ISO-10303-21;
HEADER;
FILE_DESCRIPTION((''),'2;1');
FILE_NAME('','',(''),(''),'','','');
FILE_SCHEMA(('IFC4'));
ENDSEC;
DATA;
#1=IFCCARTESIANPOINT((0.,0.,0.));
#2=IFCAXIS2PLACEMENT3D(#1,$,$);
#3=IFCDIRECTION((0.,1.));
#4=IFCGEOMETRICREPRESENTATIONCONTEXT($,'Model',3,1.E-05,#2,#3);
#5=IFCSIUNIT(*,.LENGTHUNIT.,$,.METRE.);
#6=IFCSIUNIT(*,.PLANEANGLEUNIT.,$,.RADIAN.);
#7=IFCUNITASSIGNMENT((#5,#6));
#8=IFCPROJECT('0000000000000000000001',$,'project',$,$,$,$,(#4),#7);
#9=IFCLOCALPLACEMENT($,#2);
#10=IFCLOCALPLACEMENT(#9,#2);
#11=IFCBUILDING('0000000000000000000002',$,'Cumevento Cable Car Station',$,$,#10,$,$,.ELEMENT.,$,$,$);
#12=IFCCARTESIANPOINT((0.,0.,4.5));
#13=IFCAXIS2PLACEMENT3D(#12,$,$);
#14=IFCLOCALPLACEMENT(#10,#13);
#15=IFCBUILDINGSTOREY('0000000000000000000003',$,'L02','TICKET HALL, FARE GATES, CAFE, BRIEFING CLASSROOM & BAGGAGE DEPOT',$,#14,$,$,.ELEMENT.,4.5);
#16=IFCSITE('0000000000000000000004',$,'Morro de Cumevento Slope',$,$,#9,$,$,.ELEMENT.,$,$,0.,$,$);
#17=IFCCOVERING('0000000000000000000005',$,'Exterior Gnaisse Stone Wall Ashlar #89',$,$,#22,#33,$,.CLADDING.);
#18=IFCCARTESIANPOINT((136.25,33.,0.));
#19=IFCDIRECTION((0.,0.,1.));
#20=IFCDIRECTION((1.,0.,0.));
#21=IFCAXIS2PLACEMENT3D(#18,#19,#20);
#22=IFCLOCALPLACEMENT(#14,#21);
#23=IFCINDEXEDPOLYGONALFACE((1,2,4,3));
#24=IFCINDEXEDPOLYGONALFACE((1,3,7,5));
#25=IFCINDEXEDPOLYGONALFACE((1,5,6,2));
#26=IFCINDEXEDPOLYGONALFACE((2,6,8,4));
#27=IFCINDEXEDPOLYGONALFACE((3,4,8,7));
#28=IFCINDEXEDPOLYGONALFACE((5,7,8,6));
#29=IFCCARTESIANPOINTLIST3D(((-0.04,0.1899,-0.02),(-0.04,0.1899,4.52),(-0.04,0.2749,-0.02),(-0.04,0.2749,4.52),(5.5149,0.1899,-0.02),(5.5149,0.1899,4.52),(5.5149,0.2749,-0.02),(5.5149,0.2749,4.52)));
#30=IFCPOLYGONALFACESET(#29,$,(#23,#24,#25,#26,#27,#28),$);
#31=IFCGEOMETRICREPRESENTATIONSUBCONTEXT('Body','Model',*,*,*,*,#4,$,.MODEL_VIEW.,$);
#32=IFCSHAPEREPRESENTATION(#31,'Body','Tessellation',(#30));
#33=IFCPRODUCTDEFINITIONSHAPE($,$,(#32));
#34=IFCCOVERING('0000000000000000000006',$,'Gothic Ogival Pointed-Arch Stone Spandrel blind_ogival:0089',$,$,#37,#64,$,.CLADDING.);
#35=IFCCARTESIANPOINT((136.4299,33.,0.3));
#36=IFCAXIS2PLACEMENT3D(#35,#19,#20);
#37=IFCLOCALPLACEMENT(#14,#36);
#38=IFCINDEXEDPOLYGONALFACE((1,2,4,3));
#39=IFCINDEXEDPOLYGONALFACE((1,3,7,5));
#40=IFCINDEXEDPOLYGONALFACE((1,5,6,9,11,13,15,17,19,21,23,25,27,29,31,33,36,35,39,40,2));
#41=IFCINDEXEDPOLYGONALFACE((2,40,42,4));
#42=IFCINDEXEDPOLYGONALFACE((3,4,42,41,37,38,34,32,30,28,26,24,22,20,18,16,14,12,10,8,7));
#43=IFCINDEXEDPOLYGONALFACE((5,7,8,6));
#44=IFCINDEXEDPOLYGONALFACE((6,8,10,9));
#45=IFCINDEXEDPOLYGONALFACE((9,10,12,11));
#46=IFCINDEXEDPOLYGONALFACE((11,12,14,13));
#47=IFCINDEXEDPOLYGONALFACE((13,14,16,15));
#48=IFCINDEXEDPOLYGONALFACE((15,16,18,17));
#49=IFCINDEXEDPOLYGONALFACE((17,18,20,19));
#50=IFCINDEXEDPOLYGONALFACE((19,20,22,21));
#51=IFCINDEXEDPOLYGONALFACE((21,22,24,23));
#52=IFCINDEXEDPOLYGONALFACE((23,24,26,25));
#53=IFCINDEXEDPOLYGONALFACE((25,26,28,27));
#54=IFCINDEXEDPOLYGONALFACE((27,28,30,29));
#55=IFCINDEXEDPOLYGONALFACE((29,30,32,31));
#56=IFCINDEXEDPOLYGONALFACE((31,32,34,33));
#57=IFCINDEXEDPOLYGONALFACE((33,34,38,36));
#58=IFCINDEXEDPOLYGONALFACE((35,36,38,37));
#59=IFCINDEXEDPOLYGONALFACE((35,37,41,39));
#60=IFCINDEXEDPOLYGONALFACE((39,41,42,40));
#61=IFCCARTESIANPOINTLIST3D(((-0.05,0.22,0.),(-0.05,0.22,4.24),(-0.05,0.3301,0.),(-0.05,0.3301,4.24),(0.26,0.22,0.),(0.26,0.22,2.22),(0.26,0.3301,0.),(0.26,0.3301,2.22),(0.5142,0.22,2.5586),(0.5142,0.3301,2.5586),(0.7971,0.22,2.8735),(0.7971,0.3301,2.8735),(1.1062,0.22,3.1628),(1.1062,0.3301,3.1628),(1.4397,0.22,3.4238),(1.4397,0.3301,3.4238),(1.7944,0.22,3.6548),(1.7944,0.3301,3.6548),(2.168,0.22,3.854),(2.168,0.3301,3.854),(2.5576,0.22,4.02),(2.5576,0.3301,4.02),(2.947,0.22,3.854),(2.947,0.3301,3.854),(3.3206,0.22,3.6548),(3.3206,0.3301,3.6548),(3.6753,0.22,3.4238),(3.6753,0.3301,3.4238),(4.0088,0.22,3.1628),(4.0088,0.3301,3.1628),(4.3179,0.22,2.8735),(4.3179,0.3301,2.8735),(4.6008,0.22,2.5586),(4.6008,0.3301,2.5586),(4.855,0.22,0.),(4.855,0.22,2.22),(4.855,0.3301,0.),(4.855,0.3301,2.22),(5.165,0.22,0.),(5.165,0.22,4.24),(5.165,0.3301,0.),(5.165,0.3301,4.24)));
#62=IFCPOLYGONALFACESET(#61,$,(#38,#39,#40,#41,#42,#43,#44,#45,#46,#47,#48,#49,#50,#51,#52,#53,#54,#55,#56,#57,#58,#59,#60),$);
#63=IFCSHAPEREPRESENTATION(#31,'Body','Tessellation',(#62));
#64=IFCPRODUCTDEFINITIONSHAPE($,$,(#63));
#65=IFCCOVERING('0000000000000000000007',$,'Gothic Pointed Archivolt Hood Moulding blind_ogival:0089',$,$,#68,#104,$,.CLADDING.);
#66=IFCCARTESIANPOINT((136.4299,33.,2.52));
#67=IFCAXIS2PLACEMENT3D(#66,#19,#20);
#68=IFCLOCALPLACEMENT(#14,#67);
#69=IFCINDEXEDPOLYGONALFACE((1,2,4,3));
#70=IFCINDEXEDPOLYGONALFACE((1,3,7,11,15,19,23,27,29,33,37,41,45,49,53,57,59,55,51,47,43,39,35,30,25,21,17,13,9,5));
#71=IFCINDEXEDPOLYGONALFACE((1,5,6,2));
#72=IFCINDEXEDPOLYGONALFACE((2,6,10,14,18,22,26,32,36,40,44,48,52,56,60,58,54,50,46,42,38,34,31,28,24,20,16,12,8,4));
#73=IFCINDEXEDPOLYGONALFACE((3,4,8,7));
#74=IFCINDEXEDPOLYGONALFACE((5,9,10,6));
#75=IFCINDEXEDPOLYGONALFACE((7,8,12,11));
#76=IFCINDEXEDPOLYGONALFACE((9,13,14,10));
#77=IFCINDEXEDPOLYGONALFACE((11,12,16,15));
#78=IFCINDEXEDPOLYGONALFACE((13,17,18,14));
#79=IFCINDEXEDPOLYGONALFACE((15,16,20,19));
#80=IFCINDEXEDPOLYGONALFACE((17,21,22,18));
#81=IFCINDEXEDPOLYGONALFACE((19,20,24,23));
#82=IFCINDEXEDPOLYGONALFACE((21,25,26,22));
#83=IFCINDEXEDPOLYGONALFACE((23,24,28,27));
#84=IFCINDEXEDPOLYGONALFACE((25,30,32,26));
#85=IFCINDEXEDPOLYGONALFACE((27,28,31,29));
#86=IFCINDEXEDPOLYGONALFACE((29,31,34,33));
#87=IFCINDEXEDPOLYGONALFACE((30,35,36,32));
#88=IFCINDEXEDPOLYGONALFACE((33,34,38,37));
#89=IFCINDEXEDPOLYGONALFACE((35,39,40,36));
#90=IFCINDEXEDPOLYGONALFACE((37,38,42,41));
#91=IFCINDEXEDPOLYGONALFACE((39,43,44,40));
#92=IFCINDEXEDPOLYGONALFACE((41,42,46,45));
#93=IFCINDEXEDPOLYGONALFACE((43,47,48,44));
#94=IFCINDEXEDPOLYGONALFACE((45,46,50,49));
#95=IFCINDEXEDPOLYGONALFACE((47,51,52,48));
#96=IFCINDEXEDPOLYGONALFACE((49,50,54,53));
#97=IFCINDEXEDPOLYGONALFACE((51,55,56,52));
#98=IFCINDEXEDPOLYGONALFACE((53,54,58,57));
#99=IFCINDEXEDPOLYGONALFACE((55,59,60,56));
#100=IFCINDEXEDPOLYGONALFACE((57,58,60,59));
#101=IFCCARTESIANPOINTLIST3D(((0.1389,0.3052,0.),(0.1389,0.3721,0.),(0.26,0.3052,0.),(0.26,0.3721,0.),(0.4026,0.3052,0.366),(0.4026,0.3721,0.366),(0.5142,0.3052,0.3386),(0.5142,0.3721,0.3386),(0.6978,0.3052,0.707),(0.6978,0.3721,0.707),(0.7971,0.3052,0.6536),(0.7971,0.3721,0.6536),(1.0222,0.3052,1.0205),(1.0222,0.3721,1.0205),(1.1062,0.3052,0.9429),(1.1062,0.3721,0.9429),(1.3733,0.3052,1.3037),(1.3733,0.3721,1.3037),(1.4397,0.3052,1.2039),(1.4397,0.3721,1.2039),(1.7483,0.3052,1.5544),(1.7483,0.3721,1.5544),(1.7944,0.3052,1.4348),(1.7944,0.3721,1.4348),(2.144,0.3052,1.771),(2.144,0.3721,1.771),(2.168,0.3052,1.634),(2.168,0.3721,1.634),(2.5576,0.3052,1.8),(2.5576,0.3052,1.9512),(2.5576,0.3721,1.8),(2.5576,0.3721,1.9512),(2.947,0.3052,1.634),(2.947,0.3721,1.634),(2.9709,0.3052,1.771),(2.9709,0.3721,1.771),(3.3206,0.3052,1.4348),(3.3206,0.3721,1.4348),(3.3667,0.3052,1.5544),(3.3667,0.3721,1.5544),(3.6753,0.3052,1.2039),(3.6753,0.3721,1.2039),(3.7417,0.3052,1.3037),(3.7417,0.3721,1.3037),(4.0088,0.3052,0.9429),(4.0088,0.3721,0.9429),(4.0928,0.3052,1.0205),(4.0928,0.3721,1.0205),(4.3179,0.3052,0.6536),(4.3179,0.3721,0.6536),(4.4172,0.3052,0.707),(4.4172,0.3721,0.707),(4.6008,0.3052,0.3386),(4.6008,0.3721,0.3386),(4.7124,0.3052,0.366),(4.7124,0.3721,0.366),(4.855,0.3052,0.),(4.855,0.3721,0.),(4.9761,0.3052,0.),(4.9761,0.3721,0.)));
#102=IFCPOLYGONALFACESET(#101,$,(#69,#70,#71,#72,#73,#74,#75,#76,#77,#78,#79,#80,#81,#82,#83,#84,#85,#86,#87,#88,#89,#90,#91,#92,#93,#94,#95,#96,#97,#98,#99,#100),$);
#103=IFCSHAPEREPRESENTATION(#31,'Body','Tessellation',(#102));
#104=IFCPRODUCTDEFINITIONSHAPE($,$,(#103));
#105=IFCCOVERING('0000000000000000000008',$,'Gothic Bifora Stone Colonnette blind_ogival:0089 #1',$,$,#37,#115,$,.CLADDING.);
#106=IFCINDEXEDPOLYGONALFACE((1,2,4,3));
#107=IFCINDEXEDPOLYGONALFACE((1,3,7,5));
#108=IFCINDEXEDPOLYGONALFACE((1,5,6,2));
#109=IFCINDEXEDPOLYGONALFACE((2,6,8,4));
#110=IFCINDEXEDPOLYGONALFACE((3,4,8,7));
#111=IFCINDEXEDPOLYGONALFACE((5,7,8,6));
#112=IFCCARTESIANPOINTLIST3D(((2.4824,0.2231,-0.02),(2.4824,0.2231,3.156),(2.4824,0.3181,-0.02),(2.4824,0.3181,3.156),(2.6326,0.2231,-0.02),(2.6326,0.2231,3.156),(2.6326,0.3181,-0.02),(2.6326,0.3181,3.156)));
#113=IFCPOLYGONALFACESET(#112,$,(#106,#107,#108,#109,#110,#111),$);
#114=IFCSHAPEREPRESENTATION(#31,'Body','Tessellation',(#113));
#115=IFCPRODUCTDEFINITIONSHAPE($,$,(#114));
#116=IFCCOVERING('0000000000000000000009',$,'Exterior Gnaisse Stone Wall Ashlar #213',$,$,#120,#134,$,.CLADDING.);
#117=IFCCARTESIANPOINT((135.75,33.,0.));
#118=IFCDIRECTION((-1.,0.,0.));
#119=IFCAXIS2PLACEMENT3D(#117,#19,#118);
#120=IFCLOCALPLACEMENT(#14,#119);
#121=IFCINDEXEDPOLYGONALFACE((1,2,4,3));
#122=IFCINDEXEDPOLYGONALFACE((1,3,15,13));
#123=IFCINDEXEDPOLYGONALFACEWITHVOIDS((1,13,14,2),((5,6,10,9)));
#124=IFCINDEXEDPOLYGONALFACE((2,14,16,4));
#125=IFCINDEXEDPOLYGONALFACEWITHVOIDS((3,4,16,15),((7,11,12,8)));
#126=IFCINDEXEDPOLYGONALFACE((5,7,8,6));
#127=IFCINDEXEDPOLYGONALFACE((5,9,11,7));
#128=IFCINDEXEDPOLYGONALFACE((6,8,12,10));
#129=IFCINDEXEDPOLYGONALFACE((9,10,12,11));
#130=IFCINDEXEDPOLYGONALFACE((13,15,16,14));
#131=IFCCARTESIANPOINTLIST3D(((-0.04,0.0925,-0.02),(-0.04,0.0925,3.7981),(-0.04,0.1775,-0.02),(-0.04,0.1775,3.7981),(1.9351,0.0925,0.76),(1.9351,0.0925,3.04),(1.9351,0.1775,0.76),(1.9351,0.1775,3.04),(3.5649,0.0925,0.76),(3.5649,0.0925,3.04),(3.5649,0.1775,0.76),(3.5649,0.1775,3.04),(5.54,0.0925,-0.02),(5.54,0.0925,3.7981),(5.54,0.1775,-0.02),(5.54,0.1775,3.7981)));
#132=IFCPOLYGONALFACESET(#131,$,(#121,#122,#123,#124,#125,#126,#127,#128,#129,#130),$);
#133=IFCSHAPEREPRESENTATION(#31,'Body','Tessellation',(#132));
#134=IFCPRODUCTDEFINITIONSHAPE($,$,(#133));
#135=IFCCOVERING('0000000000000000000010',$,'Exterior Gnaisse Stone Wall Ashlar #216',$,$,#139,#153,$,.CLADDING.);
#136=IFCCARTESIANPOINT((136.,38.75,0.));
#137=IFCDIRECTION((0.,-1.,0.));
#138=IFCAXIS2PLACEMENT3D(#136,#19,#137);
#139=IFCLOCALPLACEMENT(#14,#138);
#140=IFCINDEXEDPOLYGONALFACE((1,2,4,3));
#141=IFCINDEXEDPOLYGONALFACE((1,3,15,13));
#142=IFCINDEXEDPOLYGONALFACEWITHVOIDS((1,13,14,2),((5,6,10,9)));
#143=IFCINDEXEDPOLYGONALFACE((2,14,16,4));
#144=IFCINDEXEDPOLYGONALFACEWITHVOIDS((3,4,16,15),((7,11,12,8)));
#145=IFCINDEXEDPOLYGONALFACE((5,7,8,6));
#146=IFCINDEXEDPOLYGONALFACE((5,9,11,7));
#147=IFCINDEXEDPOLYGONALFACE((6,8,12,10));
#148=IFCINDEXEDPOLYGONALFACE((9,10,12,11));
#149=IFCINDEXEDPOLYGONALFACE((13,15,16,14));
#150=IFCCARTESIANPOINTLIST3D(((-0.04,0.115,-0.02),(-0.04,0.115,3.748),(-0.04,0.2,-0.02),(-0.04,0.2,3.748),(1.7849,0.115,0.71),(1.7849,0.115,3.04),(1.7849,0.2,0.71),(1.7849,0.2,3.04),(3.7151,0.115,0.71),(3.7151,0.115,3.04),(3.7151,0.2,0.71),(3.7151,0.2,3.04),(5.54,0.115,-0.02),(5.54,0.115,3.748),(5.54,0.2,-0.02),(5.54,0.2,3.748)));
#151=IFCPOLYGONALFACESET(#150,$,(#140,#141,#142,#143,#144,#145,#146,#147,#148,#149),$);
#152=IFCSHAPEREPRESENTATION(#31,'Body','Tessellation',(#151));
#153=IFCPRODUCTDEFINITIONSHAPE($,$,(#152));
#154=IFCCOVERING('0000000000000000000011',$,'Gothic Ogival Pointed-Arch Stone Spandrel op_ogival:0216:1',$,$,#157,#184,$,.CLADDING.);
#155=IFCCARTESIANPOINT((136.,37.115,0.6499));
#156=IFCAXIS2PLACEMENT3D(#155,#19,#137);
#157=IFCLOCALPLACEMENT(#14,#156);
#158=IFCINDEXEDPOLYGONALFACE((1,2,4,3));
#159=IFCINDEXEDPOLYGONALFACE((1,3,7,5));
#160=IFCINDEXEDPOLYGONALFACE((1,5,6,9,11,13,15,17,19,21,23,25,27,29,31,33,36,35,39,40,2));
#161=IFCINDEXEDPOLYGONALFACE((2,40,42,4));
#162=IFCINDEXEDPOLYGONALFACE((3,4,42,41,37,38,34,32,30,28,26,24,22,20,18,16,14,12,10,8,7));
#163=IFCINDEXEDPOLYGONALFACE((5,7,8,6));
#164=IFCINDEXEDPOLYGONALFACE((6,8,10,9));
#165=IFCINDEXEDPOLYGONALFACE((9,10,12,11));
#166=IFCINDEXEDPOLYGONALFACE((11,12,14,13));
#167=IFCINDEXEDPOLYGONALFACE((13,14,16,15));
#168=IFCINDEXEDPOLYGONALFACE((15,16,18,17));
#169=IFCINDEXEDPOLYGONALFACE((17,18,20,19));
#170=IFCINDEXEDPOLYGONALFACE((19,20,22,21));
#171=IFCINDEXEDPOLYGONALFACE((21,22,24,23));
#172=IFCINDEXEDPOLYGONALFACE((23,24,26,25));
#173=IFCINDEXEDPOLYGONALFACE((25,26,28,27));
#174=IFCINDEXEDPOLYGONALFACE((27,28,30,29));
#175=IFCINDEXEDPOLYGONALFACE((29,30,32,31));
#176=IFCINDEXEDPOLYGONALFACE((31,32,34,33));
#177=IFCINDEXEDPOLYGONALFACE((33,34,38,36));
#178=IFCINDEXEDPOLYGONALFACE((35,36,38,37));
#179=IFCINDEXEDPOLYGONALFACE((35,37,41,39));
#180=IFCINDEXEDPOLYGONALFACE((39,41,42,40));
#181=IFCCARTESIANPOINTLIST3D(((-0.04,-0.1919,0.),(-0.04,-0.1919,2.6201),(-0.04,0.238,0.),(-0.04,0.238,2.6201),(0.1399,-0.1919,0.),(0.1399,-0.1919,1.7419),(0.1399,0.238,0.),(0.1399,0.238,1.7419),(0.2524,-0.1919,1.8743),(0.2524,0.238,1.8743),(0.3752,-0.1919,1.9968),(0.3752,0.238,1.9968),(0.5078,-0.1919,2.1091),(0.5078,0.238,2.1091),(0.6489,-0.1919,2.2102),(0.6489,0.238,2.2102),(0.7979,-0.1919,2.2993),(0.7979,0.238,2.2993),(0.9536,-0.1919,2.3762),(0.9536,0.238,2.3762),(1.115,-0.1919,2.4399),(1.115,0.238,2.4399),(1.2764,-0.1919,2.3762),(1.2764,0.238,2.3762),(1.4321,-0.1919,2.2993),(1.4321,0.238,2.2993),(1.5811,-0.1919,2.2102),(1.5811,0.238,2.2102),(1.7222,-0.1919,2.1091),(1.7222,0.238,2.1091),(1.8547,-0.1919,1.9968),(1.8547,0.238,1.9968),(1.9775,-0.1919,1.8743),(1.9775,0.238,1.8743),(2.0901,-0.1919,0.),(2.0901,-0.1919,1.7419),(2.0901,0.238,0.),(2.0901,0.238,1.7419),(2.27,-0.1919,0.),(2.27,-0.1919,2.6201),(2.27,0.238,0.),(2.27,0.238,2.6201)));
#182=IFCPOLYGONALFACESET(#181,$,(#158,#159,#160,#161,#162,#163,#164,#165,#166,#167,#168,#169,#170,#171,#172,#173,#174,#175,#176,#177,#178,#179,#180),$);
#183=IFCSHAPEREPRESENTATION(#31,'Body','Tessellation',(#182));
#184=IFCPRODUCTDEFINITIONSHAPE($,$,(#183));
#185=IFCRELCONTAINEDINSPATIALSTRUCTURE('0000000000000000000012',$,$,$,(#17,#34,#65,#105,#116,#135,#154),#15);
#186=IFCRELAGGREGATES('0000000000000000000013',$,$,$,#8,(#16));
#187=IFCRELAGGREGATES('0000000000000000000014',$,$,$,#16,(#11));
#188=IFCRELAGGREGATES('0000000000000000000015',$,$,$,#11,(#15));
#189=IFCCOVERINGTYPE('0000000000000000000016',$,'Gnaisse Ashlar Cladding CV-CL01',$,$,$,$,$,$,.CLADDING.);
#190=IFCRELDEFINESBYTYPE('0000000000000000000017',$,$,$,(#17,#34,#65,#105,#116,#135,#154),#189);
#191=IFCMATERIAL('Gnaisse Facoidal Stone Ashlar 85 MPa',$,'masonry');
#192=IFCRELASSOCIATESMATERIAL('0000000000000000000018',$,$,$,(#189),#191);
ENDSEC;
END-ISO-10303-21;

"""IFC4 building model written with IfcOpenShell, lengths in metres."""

from ifc_helpers import new_model, si_unit, direction, frame, origin, place, context, subcontext, project, spatial, polyline, outline, extrude, material, type_object, element, save


model = new_model("IFC4")

# Units and contexts
model_context = context("Model", 3, precision=1e-05, world=origin(), true_north=direction((0.0, 1.0)))
body_context = subcontext(model_context, "Body", "Model", "MODEL_VIEW")
ifc_project = project(units=[si_unit("LENGTHUNIT", "METRE"), si_unit("PLANEANGLEUNIT", "RADIAN")], contexts=[model_context])

# Site, building, storey
site_placement = place(None, origin())
site = spatial("IfcSite", under=ifc_project, at=site_placement, Name="Morro de Cumevento Slope", CompositionType="ELEMENT", RefElevation=0.0)
building_placement = place(site_placement, origin())
building = spatial("IfcBuilding", under=site, at=building_placement, Name="Cumevento Cable Car Station", CompositionType="ELEMENT")
storey_placement = place(building_placement, frame((0.0, 0.0, 4.5)))
storey = spatial("IfcBuildingStorey", under=building, at=storey_placement, Name="L02", Description="TICKET HALL, FARE GATES, CAFE, BRIEFING CLASSROOM & BAGGAGE DEPOT", CompositionType="ELEMENT", Elevation=4.5)

# Coverings
ifc_material_1 = material(Name="Gnaisse Facoidal Stone Ashlar 85 MPa", Category="masonry")
covering_type = type_object("IfcCoveringType", Name="Gnaisse Ashlar Cladding CV-CL01", PredefinedType="CLADDING", material=ifc_material_1)
covering_1_placement = place(storey_placement, frame((136.25, 33.0, 0.0), z_axis=(0.0, 0.0, 1.0), x_axis=(1.0, 0.0, 0.0)))
element("IfcCovering", 1, at=covering_1_placement, inside=storey, type_object=covering_type, Name="Exterior Gnaisse Stone Wall Ashlar #89", PredefinedType="CLADDING", context=body_context, shape_type="SweptSolid", body=[
    extrude(outline(polyline([(-0.04, -0.02), (5.5149, -0.02), (5.5149, 4.52), (-0.04, 4.52), (-0.04, -0.02)])), frame((0.0, 0.2749, 0.0), z_axis=(0.0, -1.0, 0.0), x_axis=(1.0, 0.0, 0.0)), (0.0, 0.0, 1.0), 0.085),
])
placement = place(storey_placement, frame((136.4299, 33.0, 0.3), z_axis=(0.0, 0.0, 1.0), x_axis=(1.0, 0.0, 0.0)))
element("IfcCovering", 2, at=placement, inside=storey, type_object=covering_type, Name="Gothic Ogival Pointed-Arch Stone Spandrel blind_ogival:0089", PredefinedType="CLADDING", context=body_context, shape_type="SweptSolid", body=[
    extrude(outline(polyline([(-0.05, 0.0), (-0.05, 4.24), (5.165, 4.24), (5.165, 0.0), (4.855, 0.0), (4.855, 2.22), (4.6008, 2.5586), (4.3179, 2.8735), (4.0088, 3.1628), (3.6753, 3.4238), (3.3206, 3.6548), (2.947, 3.854), (2.5576, 4.02), (2.168, 3.854), (1.7944, 3.6548), (1.4397, 3.4238), (1.1062, 3.1628), (0.7971, 2.8735), (0.5142, 2.5586), (0.26, 2.22), (0.26, 0.0), (-0.05, 0.0)])), frame((0.0, 0.3301, 0.0), z_axis=(0.0, -1.0, 0.0), x_axis=(1.0, 0.0, 0.0)), (0.0, 0.0, 1.0), 0.1101),
])
covering_2_placement = place(storey_placement, frame((136.4299, 33.0, 2.52), z_axis=(0.0, 0.0, 1.0), x_axis=(1.0, 0.0, 0.0)))
element("IfcCovering", 3, at=covering_2_placement, inside=storey, type_object=covering_type, Name="Gothic Pointed Archivolt Hood Moulding blind_ogival:0089", PredefinedType="CLADDING", context=body_context, shape_type="SweptSolid", body=[
    extrude(outline(polyline([(0.26, 0.0), (0.5142, 0.3386), (0.7971, 0.6536), (1.1062, 0.9429), (1.4397, 1.2039), (1.7944, 1.4348), (2.168, 1.634), (2.5576, 1.8), (2.947, 1.634), (3.3206, 1.4348), (3.6753, 1.2039), (4.0088, 0.9429), (4.3179, 0.6536), (4.6008, 0.3386), (4.855, 0.0), (4.9761, 0.0), (4.7124, 0.366), (4.4172, 0.707), (4.0928, 1.0205), (3.7417, 1.3037), (3.3667, 1.5544), (2.9709, 1.771), (2.5576, 1.9512), (2.144, 1.771), (1.7483, 1.5544), (1.3733, 1.3037), (1.0222, 1.0205), (0.6978, 0.707), (0.4026, 0.366), (0.1389, 0.0), (0.26, 0.0)])), frame((0.0, 0.3721, 0.0), z_axis=(0.0, -1.0, 0.0), x_axis=(1.0, 0.0, 0.0)), (0.0, 0.0, 1.0), 0.0669),
])
element("IfcCovering", 4, at=placement, inside=storey, type_object=covering_type, Name="Gothic Bifora Stone Colonnette blind_ogival:0089 #1", PredefinedType="CLADDING", context=body_context, shape_type="SweptSolid", body=[
    extrude(outline(polyline([(2.4824, -0.02), (2.6326, -0.02), (2.6326, 3.156), (2.4824, 3.156), (2.4824, -0.02)])), frame((0.0, 0.3181, 0.0), z_axis=(0.0, -1.0, 0.0), x_axis=(1.0, 0.0, 0.0)), (0.0, 0.0, 1.0), 0.095),
])
covering_3_placement = place(storey_placement, frame((135.75, 33.0, 0.0), z_axis=(0.0, 0.0, 1.0), x_axis=(-1.0, 0.0, 0.0)))
element("IfcCovering", 5, at=covering_3_placement, inside=storey, type_object=covering_type, Name="Exterior Gnaisse Stone Wall Ashlar #213", PredefinedType="CLADDING", context=body_context, shape_type="SweptSolid", body=[
    extrude(outline(polyline([(-0.04, -0.02), (5.54, -0.02), (5.54, 3.7981), (-0.04, 3.7981), (-0.04, -0.02)]), holes=[polyline([(1.9351, 0.76), (3.5649, 0.76), (3.5649, 3.04), (1.9351, 3.04), (1.9351, 0.76)])]), frame((0.0, 0.1775, 0.0), z_axis=(0.0, -1.0, 0.0), x_axis=(1.0, 0.0, 0.0)), (0.0, 0.0, 1.0), 0.085),
])
covering_4_placement = place(storey_placement, frame((136.0, 38.75, 0.0), z_axis=(0.0, 0.0, 1.0), x_axis=(0.0, -1.0, 0.0)))
element("IfcCovering", 6, at=covering_4_placement, inside=storey, type_object=covering_type, Name="Exterior Gnaisse Stone Wall Ashlar #216", PredefinedType="CLADDING", context=body_context, shape_type="SweptSolid", body=[
    extrude(outline(polyline([(-0.04, -0.02), (5.54, -0.02), (5.54, 3.748), (-0.04, 3.748), (-0.04, -0.02)]), holes=[polyline([(1.7849, 0.71), (3.7151, 0.71), (3.7151, 3.04), (1.7849, 3.04), (1.7849, 0.71)])]), frame((0.0, 0.2, 0.0), z_axis=(0.0, -1.0, 0.0), x_axis=(1.0, 0.0, 0.0)), (0.0, 0.0, 1.0), 0.085),
])
covering_5_placement = place(storey_placement, frame((136.0, 37.115, 0.6499), z_axis=(0.0, 0.0, 1.0), x_axis=(0.0, -1.0, 0.0)))
element("IfcCovering", 7, at=covering_5_placement, inside=storey, type_object=covering_type, Name="Gothic Ogival Pointed-Arch Stone Spandrel op_ogival:0216:1", PredefinedType="CLADDING", context=body_context, shape_type="SweptSolid", body=[
    extrude(outline(polyline([(-0.04, 0.0), (-0.04, 2.6201), (2.27, 2.6201), (2.27, 0.0), (2.0901, 0.0), (2.0901, 1.7419), (1.9775, 1.8743), (1.8547, 1.9968), (1.7222, 2.1091), (1.5811, 2.2102), (1.4321, 2.2993), (1.2764, 2.3762), (1.115, 2.4399), (0.9536, 2.3762), (0.7979, 2.2993), (0.6489, 2.2102), (0.5078, 2.1091), (0.3752, 1.9968), (0.2524, 1.8743), (0.1399, 1.7419), (0.1399, 0.0), (-0.04, 0.0)])), frame((0.0, 0.238, 0.0), z_axis=(0.0, -1.0, 0.0), x_axis=(1.0, 0.0, 0.0)), (0.0, 0.0, 1.0), 0.4299),
])

save(model, "model.ifc")
